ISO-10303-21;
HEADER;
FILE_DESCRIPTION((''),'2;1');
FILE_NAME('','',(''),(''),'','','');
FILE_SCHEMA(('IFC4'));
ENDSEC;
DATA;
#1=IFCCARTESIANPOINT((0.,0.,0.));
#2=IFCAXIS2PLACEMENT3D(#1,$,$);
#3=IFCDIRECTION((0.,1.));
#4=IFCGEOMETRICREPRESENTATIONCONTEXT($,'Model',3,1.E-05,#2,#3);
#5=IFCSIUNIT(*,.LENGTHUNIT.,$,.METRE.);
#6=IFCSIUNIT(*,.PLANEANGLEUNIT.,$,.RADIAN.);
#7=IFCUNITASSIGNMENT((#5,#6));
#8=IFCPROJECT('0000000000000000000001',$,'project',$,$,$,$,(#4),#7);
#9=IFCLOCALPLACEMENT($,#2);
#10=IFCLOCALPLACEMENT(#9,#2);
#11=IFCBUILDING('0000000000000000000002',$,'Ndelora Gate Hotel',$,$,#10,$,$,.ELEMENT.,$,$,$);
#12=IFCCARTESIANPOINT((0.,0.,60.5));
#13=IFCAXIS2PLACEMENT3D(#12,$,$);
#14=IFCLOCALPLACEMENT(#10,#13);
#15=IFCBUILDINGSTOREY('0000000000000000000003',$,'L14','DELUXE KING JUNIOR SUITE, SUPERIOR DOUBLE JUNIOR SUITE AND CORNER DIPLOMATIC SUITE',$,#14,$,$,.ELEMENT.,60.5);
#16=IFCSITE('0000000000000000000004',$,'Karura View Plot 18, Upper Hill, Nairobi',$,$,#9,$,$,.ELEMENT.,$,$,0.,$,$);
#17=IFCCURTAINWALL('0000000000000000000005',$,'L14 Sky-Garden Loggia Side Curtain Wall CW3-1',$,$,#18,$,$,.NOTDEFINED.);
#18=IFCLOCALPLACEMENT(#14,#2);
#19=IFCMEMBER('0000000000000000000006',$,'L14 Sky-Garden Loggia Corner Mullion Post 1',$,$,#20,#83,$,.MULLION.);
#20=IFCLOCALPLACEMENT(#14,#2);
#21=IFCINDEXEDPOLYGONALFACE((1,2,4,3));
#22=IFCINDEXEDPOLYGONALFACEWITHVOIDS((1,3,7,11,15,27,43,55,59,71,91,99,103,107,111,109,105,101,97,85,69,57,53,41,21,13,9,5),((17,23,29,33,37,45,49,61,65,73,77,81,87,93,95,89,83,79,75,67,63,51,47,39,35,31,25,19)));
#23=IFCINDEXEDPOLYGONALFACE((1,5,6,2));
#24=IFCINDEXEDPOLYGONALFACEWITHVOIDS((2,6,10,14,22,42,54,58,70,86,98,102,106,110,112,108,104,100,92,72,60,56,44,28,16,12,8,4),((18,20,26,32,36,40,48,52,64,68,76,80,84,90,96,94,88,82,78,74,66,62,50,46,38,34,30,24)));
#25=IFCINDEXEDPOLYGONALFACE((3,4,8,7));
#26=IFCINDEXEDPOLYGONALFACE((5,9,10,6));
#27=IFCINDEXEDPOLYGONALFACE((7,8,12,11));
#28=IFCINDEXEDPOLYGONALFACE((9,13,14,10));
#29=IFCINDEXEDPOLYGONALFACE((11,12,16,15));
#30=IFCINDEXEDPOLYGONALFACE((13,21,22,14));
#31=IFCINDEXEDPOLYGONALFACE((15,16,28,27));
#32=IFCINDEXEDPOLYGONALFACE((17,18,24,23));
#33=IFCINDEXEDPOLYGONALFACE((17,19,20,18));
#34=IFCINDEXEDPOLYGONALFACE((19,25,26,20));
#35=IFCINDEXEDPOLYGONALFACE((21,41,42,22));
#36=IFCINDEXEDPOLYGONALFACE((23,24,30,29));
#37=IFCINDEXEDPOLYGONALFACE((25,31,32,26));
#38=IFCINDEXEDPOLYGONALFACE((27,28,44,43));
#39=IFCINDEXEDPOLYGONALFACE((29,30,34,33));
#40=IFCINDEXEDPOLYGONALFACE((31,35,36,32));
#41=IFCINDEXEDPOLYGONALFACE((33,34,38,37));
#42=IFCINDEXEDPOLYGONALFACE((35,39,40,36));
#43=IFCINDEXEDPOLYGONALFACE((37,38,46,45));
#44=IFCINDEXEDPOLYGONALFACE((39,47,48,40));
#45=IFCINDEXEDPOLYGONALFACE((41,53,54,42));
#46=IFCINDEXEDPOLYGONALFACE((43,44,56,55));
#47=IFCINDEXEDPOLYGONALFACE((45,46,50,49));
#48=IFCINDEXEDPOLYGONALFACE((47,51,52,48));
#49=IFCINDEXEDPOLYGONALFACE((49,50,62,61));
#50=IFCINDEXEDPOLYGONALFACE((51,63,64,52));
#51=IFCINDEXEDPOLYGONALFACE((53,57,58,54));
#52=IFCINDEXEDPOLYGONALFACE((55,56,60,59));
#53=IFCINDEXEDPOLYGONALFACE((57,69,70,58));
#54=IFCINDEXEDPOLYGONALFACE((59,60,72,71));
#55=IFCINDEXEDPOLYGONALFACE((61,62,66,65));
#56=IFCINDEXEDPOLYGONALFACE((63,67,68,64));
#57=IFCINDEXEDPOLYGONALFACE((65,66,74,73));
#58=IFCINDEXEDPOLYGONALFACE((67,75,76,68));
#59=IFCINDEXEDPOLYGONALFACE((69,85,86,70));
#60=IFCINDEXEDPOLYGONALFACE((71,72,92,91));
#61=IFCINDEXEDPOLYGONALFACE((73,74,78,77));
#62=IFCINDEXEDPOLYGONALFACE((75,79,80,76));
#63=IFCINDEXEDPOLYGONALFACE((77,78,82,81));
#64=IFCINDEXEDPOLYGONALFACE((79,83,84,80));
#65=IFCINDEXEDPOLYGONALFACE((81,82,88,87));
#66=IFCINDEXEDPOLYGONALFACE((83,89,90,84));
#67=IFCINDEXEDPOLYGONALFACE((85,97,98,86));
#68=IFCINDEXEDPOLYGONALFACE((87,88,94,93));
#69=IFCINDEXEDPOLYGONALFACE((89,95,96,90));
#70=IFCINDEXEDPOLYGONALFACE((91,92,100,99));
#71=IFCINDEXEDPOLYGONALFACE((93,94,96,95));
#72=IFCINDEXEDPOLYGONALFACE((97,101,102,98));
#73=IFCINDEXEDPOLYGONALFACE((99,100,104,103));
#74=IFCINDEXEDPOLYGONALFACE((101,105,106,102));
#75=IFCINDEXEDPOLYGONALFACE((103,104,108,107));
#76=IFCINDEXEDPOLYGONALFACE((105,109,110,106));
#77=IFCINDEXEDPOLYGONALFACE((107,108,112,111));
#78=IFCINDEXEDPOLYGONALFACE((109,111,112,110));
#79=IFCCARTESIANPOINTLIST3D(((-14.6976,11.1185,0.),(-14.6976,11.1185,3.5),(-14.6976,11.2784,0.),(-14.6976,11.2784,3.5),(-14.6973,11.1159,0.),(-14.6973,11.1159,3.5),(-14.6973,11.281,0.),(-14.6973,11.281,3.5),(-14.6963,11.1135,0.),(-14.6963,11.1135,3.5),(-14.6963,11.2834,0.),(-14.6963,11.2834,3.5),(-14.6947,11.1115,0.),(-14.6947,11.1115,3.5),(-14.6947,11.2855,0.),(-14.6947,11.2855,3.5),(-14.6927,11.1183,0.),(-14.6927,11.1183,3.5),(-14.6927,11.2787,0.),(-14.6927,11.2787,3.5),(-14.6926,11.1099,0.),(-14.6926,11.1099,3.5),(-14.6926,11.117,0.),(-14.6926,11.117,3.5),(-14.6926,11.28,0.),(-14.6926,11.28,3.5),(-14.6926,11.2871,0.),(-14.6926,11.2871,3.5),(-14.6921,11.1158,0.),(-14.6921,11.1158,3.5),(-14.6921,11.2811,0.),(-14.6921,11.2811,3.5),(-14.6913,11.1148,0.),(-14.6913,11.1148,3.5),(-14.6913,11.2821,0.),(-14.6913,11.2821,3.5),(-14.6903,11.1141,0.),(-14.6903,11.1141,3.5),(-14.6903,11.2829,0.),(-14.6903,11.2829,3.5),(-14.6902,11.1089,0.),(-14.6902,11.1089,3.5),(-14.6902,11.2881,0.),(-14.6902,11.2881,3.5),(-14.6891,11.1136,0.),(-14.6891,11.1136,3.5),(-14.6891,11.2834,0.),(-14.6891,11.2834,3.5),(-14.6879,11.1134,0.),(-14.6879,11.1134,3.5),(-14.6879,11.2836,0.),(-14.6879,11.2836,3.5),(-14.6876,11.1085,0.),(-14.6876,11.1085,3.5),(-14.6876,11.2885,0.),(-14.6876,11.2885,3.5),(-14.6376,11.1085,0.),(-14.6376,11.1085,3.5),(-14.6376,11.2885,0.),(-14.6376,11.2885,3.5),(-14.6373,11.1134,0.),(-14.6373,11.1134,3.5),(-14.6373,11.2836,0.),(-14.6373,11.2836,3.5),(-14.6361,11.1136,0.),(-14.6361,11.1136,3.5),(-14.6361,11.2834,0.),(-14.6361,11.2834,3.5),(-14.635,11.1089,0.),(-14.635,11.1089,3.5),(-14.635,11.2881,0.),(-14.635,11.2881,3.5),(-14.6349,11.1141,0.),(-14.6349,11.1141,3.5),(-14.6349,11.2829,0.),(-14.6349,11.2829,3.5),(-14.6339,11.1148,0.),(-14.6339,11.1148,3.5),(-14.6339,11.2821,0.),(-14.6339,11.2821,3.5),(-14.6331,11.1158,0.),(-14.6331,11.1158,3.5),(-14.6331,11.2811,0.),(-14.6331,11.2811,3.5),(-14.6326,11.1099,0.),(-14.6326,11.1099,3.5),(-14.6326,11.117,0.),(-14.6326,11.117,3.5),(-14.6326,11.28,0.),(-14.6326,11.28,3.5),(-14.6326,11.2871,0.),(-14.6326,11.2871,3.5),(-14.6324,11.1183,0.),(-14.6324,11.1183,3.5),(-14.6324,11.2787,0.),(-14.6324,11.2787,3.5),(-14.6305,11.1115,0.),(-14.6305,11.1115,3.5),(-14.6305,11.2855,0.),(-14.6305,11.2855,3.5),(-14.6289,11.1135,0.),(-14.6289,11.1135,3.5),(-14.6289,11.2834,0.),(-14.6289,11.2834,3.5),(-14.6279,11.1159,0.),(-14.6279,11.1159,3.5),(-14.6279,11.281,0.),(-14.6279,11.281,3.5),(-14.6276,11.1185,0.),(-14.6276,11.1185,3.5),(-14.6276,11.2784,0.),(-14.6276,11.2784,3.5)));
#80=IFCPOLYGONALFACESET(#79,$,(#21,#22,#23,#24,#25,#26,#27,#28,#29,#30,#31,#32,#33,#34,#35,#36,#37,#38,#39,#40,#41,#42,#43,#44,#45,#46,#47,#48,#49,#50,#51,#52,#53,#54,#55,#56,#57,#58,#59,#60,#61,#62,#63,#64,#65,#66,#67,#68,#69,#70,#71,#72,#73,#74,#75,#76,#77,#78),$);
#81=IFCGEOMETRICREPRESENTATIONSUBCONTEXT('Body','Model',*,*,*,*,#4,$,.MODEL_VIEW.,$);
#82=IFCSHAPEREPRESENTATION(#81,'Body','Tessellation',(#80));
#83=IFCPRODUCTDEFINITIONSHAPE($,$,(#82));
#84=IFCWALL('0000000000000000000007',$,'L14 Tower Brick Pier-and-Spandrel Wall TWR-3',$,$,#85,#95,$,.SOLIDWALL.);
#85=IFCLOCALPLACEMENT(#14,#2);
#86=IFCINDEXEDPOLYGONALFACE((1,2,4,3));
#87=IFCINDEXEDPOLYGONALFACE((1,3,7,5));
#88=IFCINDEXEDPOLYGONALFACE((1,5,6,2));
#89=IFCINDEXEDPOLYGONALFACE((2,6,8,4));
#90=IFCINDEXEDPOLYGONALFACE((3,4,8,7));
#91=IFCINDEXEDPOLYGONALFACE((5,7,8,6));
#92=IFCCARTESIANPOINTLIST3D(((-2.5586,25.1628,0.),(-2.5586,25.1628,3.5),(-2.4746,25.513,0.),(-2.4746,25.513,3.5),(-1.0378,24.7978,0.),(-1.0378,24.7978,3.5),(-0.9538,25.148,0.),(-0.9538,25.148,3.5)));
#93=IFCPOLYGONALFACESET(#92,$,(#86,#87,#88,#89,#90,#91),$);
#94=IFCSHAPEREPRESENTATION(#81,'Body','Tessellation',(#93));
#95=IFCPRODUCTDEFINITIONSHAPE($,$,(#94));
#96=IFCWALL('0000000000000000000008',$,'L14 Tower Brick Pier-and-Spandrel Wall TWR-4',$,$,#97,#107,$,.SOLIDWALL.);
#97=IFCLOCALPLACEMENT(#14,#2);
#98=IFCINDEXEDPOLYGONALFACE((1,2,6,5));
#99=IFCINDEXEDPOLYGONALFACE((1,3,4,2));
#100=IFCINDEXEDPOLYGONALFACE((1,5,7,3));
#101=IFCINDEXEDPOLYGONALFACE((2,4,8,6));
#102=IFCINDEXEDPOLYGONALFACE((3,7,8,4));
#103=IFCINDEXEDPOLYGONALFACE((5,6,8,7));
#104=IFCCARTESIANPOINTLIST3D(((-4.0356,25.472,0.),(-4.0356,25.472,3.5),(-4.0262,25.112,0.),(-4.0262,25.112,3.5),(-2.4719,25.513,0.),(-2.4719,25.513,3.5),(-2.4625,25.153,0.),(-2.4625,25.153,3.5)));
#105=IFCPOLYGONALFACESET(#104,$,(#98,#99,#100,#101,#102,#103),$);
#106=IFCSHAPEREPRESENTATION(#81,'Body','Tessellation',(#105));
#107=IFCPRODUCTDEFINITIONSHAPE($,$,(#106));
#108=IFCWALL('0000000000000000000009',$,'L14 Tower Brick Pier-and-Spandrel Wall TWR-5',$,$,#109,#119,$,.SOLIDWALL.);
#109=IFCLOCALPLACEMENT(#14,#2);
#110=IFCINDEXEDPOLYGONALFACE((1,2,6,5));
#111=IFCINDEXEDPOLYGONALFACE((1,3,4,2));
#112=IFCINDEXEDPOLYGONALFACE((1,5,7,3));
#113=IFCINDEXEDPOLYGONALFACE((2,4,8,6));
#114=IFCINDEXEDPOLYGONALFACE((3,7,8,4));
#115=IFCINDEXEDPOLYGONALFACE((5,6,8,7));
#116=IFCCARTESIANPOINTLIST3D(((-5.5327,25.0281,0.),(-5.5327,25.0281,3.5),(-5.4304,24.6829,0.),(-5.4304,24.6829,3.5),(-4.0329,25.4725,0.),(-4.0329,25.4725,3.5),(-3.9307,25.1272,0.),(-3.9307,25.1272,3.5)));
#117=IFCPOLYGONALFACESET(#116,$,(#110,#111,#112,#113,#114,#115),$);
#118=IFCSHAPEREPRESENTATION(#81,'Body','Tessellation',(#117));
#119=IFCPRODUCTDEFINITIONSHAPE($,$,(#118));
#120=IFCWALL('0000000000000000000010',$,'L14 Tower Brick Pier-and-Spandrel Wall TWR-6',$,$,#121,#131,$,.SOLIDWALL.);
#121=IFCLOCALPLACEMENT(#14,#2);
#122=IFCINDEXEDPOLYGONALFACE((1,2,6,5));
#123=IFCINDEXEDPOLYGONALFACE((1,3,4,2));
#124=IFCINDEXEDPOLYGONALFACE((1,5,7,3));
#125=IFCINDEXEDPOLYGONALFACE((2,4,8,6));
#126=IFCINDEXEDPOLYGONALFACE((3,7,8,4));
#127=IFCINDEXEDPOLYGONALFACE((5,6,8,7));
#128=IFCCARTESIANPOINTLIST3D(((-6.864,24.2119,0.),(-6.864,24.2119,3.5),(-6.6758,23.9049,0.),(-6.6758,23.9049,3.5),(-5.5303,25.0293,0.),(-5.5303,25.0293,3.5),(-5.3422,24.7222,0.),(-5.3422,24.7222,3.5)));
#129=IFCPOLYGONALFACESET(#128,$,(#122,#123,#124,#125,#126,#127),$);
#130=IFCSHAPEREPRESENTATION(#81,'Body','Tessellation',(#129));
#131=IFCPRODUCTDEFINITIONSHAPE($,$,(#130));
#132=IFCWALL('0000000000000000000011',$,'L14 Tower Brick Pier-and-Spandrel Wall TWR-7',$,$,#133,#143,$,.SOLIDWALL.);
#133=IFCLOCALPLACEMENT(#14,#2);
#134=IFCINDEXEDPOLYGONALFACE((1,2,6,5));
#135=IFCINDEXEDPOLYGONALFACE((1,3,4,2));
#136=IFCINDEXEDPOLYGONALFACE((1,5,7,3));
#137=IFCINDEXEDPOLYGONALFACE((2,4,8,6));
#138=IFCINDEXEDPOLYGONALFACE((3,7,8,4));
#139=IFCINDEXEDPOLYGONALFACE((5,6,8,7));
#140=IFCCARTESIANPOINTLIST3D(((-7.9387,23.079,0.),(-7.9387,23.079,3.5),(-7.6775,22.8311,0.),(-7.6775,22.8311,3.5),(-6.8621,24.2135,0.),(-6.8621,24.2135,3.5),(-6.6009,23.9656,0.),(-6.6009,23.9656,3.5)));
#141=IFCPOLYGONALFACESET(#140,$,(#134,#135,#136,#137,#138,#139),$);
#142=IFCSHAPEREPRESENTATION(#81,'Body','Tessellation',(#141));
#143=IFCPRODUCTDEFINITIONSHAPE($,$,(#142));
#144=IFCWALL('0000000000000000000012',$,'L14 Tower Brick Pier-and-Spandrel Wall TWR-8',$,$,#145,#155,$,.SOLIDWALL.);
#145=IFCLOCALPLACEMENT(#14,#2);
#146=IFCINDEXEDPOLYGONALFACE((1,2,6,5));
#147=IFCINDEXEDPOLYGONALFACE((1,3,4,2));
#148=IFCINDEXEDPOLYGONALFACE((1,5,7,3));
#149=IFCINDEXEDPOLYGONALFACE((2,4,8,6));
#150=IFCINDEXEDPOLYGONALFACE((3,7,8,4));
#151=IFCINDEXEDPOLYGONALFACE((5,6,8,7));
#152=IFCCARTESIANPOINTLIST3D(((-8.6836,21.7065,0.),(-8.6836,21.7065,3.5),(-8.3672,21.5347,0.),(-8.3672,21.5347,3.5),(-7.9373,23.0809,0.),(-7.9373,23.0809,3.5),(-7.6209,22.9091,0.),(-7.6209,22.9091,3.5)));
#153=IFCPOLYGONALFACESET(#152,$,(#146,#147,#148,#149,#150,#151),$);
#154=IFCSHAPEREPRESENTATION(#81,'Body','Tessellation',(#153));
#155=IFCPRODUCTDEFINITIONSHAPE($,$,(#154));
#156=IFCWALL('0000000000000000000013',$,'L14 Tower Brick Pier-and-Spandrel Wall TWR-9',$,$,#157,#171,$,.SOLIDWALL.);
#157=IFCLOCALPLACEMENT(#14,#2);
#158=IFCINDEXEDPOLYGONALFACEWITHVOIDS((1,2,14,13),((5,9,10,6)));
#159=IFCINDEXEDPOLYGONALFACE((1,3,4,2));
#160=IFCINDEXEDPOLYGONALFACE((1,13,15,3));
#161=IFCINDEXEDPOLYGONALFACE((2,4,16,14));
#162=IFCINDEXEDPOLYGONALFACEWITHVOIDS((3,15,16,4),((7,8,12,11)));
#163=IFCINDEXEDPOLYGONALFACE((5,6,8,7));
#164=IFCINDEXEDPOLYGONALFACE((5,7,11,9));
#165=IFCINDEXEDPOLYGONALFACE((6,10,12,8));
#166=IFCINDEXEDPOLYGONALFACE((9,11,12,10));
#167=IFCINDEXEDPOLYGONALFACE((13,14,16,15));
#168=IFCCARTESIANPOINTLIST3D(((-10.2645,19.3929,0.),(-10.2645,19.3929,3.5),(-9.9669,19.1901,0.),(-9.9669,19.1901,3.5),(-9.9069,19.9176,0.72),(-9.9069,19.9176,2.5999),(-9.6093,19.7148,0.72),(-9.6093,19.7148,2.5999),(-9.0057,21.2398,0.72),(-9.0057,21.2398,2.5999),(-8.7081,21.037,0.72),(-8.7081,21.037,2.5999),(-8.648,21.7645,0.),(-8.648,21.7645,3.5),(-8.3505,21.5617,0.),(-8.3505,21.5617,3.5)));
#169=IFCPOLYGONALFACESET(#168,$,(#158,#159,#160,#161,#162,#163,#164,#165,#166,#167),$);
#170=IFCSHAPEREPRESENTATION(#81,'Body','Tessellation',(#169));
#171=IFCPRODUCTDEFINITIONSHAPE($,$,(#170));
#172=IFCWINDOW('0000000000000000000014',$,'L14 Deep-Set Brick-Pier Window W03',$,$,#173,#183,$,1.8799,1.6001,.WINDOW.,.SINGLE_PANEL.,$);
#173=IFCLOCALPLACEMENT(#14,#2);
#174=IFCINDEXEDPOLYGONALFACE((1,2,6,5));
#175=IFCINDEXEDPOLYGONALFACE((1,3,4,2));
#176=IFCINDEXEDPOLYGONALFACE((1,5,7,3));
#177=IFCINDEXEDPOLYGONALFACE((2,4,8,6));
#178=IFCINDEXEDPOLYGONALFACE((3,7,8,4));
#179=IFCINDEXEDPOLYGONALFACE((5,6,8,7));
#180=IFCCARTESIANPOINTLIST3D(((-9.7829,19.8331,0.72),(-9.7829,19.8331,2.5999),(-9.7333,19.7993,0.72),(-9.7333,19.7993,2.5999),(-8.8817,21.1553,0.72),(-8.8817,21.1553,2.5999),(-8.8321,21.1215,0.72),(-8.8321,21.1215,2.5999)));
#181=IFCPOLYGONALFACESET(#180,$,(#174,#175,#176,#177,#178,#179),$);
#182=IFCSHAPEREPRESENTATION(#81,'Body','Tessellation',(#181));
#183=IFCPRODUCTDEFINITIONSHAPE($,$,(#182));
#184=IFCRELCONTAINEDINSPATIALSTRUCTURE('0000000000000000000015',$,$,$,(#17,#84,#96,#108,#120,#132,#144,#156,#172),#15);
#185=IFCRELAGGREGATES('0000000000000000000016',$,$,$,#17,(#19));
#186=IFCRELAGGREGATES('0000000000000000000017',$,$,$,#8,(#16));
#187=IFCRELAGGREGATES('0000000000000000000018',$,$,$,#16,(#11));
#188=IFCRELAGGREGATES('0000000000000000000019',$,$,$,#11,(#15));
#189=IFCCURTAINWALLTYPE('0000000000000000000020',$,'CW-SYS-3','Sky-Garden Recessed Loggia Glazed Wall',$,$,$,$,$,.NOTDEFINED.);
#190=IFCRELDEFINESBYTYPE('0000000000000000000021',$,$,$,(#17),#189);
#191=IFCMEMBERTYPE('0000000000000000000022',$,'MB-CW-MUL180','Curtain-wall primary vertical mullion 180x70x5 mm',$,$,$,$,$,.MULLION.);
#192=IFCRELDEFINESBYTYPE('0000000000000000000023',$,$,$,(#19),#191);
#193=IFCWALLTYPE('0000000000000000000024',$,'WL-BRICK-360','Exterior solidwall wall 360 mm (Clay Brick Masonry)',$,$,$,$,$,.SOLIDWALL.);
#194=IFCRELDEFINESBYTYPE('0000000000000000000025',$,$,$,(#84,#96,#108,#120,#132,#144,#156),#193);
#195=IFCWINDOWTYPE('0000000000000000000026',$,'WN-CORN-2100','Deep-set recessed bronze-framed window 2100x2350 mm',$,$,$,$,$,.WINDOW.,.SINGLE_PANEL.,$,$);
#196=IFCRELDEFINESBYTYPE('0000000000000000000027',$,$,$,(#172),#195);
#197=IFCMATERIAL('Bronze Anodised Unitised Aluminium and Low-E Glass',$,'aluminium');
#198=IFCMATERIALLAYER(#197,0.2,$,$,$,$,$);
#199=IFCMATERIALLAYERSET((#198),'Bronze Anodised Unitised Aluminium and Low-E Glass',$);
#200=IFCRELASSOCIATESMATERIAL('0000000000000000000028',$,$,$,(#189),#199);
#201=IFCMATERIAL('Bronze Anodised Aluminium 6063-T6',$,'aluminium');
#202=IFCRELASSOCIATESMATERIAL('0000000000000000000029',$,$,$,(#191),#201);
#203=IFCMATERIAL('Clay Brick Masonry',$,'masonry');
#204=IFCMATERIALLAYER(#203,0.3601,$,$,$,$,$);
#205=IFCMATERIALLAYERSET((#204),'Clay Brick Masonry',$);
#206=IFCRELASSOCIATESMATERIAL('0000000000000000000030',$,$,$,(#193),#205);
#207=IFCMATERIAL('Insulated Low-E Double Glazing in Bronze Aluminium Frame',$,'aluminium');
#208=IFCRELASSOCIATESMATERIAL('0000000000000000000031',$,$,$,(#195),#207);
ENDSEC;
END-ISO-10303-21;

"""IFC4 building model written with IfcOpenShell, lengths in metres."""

from ifc_helpers import new_model, si_unit, direction, frame, frame_2d, origin, origin_2d, place, context, subcontext, project, spatial, rectangle, hollow_rectangle, extrude, material, layer, layer_set, material_profile, profile_set, type_object, element, fill, aggregate, save


model = new_model("IFC4")

# Units and contexts
model_context = context("Model", 3, precision=1e-05, world=origin(), true_north=direction((0.0, 1.0)))
body_context = subcontext(model_context, "Body", "Model", "MODEL_VIEW")
ifc_project = project(units=[si_unit("LENGTHUNIT", "METRE"), si_unit("PLANEANGLEUNIT", "RADIAN")], contexts=[model_context])

# Site, building, storey
site_placement = place(None, origin())
site = spatial("IfcSite", under=ifc_project, at=site_placement, Name="Karura View Plot 18, Upper Hill, Nairobi", CompositionType="ELEMENT", RefElevation=0.0)
building_placement = place(site_placement, origin())
building = spatial("IfcBuilding", under=site, at=building_placement, Name="Ndelora Gate Hotel", CompositionType="ELEMENT")
storey_placement = place(building_placement, frame((0.0, 0.0, 60.5)))
storey = spatial("IfcBuildingStorey", under=building, at=storey_placement, Name="L14", Description="DELUXE KING JUNIOR SUITE, SUPERIOR DOUBLE JUNIOR SUITE AND CORNER DIPLOMATIC SUITE", CompositionType="ELEMENT", Elevation=60.5)

# Curtain wall, member
ifc_material_1 = material(Name="Bronze Anodised Unitised Aluminium and Low-E Glass", Category="aluminium")
ifc_layer_1 = layer(ifc_material_1, 0.2)
ifc_layer_set_1 = layer_set([ifc_layer_1], Name="Bronze Anodised Unitised Aluminium and Low-E Glass")
curtain_wall_type = type_object("IfcCurtainWallType", Name="CW-SYS-3", Description="Sky-Garden Recessed Loggia Glazed Wall", PredefinedType="NOTDEFINED", material=ifc_layer_set_1)
curtain_wall_placement = place(storey_placement, origin())
curtain_wall = element("IfcCurtainWall", 1, at=curtain_wall_placement, inside=storey, type_object=curtain_wall_type, Name="L14 Sky-Garden Loggia Side Curtain Wall CW3-1", PredefinedType="NOTDEFINED")
ifc_material_2 = material(Name="Bronze Anodised Aluminium 6063-T6", Category="aluminium")
ifc_material_profile_1 = material_profile(ifc_material_2, hollow_rectangle(XDim=0.0701, YDim=0.1799, WallThickness=0.0049, InnerFilletRadius=0.0049, OuterFilletRadius=0.01, at=origin_2d()), Name="ALU 180x70x5")
ifc_profile_set_1 = profile_set([ifc_material_profile_1], Name="Bronze Anodised Aluminium 6063-T6")
member_type_1 = type_object("IfcMemberType", Name="MB-CW-MUL180", Description="Curtain-wall primary vertical mullion 180x70x5 mm", PredefinedType="MULLION", material=ifc_profile_set_1)
member_1_placement = place(storey_placement, frame((-14.6626, 11.1985, 0.0), z_axis=(0.0, 0.0, 1.0), x_axis=(1.0, 0.0, 0.0)))
member_1 = element("IfcMember", 2, at=member_1_placement, type_object=member_type_1, Name="L14 Sky-Garden Loggia Corner Mullion Post 1", PredefinedType="MULLION", context=body_context, shape_type="SweptSolid", body=[
    extrude(hollow_rectangle(XDim=0.0701, YDim=0.1799, WallThickness=0.0049, InnerFilletRadius=0.0049, OuterFilletRadius=0.01, at=origin_2d()), origin(), (0.0, 0.0, 1.0), 3.5),
])
aggregate(curtain_wall, [member_1])

# Walls
ifc_material_3 = material(Name="Clay Brick Masonry", Category="masonry")
ifc_layer_2 = layer(ifc_material_3, 0.3601)
ifc_layer_set_2 = layer_set([ifc_layer_2], Name="Clay Brick Masonry")
wall_type_1 = type_object("IfcWallType", Name="WL-BRICK-360", Description="Exterior solidwall wall 360 mm (Clay Brick Masonry)", PredefinedType="SOLIDWALL", material=ifc_layer_set_2)
wall_1_placement = place(storey_placement, frame((-2.5166, 25.3379, 0.0), z_axis=(0.0, 0.0, 1.0), x_axis=(0.972386, -0.233379, 0.0)))
element("IfcWall", 3, at=wall_1_placement, inside=storey, type_object=wall_type_1, Name="L14 Tower Brick Pier-and-Spandrel Wall TWR-3", PredefinedType="SOLIDWALL", context=body_context, shape_type="SweptSolid", body=[
    extrude(rectangle(XDim=1.564, YDim=0.3601, at=frame_2d((0.782, 0.0))), origin(), (0.0, 0.0, 1.0), 3.5),
])
for number, where, z_axis, x_axis, name in (
    (4, (-4.031, 25.292, 0.0), (0.0, 0.0, 1.0), (0.999656, 0.02622, 0.0), "L14 Tower Brick Pier-and-Spandrel Wall TWR-4"),
    (5, (-5.4817, 24.8555, 0.0), (0.0, 0.0, 1.0), (0.958804, 0.284067, 0.0), "L14 Tower Brick Pier-and-Spandrel Wall TWR-5"),
    (6, (-6.77, 24.0583, 0.0), (0.0, 0.0, 1.0), (0.852621, 0.522529, 0.0), "L14 Tower Brick Pier-and-Spandrel Wall TWR-6"),
):
    element("IfcWall", number, at=place(storey_placement, frame(where, z_axis=z_axis, x_axis=x_axis)), inside=storey, type_object=wall_type_1, Name=name, PredefinedType="SOLIDWALL", context=body_context, shape_type="SweptSolid", body=[
        extrude(rectangle(XDim=1.5642, YDim=0.3601, at=frame_2d((0.7822, 0.0))), origin(), (0.0, 0.0, 1.0), 3.5),
    ])
for number, where, z_axis, x_axis, name in (
    (7, (-7.8081, 22.9551, 0.0), (0.0, 0.0, 1.0), (0.688368, 0.725362, 0.0), "L14 Tower Brick Pier-and-Spandrel Wall TWR-7"),
    (8, (-8.5254, 21.6206, 0.0), (0.0, 0.0, 1.0), (0.477178, 0.878807, 0.0), "L14 Tower Brick Pier-and-Spandrel Wall TWR-8"),
):
    element("IfcWall", number, at=place(storey_placement, frame(where, z_axis=z_axis, x_axis=x_axis)), inside=storey, type_object=wall_type_1, Name=name, PredefinedType="SOLIDWALL", context=body_context, shape_type="SweptSolid", body=[
        extrude(rectangle(XDim=1.564, YDim=0.3601, at=frame_2d((0.782, 0.0))), origin(), (0.0, 0.0, 1.0), 3.5),
    ])

# Wall, opening, window
wall_2_placement = place(storey_placement, frame((-10.1157, 19.2915, 0.0), z_axis=(0.0, 0.0, 1.0), x_axis=(0.56321, 0.826314, 0.0)))
wall_2 = element("IfcWall", 9, at=wall_2_placement, inside=storey, type_object=wall_type_1, Name="L14 Tower Brick Pier-and-Spandrel Wall TWR-9", PredefinedType="SOLIDWALL", context=body_context, shape_type="SweptSolid", body=[
    extrude(rectangle(XDim=2.8701, YDim=0.3601, at=frame_2d((1.4351, 0.0))), origin(), (0.0, 0.0, 1.0), 3.5),
])
opening_1_placement = place(wall_2_placement, frame((0.635, 0.0, 0.72)))
opening_1 = element("IfcOpeningElement", 10, at=opening_1_placement, cuts=wall_2, PredefinedType="OPENING", context=body_context, shape_type="SweptSolid", body=[
    extrude(rectangle(XDim=1.6001, YDim=1.8799, at=frame_2d((0.8, 0.9399))), frame((0.0, 0.1899, 0.0), z_axis=(0.0, -1.0, 0.0), x_axis=(1.0, 0.0, 0.0)), (0.0, 0.0, 1.0), 0.3801),
])
ifc_material_4 = material(Name="Insulated Low-E Double Glazing in Bronze Aluminium Frame", Category="aluminium")
window_type_1 = type_object("IfcWindowType", Name="WN-CORN-2100", Description="Deep-set recessed bronze-framed window 2100x2350 mm", PartitioningType="SINGLE_PANEL", PredefinedType="WINDOW", material=ifc_material_4)
window_1_placement = place(opening_1_placement, origin())
window_1 = element("IfcWindow", 11, at=window_1_placement, inside=storey, type_object=window_type_1, Name="L14 Deep-Set Brick-Pier Window W03", OverallHeight=1.8799, OverallWidth=1.6001, PartitioningType="SINGLE_PANEL", PredefinedType="WINDOW", context=body_context, shape_type="SweptSolid", body=[
    extrude(rectangle(XDim=1.6001, YDim=1.8799, at=frame_2d((0.8, 0.9399))), frame((0.0, 0.03, 0.0), z_axis=(0.0, -1.0, 0.0), x_axis=(1.0, 0.0, 0.0)), (0.0, 0.0, 1.0), 0.0601),
])
fill(opening_1, window_1)

save(model, "model.ifc")
